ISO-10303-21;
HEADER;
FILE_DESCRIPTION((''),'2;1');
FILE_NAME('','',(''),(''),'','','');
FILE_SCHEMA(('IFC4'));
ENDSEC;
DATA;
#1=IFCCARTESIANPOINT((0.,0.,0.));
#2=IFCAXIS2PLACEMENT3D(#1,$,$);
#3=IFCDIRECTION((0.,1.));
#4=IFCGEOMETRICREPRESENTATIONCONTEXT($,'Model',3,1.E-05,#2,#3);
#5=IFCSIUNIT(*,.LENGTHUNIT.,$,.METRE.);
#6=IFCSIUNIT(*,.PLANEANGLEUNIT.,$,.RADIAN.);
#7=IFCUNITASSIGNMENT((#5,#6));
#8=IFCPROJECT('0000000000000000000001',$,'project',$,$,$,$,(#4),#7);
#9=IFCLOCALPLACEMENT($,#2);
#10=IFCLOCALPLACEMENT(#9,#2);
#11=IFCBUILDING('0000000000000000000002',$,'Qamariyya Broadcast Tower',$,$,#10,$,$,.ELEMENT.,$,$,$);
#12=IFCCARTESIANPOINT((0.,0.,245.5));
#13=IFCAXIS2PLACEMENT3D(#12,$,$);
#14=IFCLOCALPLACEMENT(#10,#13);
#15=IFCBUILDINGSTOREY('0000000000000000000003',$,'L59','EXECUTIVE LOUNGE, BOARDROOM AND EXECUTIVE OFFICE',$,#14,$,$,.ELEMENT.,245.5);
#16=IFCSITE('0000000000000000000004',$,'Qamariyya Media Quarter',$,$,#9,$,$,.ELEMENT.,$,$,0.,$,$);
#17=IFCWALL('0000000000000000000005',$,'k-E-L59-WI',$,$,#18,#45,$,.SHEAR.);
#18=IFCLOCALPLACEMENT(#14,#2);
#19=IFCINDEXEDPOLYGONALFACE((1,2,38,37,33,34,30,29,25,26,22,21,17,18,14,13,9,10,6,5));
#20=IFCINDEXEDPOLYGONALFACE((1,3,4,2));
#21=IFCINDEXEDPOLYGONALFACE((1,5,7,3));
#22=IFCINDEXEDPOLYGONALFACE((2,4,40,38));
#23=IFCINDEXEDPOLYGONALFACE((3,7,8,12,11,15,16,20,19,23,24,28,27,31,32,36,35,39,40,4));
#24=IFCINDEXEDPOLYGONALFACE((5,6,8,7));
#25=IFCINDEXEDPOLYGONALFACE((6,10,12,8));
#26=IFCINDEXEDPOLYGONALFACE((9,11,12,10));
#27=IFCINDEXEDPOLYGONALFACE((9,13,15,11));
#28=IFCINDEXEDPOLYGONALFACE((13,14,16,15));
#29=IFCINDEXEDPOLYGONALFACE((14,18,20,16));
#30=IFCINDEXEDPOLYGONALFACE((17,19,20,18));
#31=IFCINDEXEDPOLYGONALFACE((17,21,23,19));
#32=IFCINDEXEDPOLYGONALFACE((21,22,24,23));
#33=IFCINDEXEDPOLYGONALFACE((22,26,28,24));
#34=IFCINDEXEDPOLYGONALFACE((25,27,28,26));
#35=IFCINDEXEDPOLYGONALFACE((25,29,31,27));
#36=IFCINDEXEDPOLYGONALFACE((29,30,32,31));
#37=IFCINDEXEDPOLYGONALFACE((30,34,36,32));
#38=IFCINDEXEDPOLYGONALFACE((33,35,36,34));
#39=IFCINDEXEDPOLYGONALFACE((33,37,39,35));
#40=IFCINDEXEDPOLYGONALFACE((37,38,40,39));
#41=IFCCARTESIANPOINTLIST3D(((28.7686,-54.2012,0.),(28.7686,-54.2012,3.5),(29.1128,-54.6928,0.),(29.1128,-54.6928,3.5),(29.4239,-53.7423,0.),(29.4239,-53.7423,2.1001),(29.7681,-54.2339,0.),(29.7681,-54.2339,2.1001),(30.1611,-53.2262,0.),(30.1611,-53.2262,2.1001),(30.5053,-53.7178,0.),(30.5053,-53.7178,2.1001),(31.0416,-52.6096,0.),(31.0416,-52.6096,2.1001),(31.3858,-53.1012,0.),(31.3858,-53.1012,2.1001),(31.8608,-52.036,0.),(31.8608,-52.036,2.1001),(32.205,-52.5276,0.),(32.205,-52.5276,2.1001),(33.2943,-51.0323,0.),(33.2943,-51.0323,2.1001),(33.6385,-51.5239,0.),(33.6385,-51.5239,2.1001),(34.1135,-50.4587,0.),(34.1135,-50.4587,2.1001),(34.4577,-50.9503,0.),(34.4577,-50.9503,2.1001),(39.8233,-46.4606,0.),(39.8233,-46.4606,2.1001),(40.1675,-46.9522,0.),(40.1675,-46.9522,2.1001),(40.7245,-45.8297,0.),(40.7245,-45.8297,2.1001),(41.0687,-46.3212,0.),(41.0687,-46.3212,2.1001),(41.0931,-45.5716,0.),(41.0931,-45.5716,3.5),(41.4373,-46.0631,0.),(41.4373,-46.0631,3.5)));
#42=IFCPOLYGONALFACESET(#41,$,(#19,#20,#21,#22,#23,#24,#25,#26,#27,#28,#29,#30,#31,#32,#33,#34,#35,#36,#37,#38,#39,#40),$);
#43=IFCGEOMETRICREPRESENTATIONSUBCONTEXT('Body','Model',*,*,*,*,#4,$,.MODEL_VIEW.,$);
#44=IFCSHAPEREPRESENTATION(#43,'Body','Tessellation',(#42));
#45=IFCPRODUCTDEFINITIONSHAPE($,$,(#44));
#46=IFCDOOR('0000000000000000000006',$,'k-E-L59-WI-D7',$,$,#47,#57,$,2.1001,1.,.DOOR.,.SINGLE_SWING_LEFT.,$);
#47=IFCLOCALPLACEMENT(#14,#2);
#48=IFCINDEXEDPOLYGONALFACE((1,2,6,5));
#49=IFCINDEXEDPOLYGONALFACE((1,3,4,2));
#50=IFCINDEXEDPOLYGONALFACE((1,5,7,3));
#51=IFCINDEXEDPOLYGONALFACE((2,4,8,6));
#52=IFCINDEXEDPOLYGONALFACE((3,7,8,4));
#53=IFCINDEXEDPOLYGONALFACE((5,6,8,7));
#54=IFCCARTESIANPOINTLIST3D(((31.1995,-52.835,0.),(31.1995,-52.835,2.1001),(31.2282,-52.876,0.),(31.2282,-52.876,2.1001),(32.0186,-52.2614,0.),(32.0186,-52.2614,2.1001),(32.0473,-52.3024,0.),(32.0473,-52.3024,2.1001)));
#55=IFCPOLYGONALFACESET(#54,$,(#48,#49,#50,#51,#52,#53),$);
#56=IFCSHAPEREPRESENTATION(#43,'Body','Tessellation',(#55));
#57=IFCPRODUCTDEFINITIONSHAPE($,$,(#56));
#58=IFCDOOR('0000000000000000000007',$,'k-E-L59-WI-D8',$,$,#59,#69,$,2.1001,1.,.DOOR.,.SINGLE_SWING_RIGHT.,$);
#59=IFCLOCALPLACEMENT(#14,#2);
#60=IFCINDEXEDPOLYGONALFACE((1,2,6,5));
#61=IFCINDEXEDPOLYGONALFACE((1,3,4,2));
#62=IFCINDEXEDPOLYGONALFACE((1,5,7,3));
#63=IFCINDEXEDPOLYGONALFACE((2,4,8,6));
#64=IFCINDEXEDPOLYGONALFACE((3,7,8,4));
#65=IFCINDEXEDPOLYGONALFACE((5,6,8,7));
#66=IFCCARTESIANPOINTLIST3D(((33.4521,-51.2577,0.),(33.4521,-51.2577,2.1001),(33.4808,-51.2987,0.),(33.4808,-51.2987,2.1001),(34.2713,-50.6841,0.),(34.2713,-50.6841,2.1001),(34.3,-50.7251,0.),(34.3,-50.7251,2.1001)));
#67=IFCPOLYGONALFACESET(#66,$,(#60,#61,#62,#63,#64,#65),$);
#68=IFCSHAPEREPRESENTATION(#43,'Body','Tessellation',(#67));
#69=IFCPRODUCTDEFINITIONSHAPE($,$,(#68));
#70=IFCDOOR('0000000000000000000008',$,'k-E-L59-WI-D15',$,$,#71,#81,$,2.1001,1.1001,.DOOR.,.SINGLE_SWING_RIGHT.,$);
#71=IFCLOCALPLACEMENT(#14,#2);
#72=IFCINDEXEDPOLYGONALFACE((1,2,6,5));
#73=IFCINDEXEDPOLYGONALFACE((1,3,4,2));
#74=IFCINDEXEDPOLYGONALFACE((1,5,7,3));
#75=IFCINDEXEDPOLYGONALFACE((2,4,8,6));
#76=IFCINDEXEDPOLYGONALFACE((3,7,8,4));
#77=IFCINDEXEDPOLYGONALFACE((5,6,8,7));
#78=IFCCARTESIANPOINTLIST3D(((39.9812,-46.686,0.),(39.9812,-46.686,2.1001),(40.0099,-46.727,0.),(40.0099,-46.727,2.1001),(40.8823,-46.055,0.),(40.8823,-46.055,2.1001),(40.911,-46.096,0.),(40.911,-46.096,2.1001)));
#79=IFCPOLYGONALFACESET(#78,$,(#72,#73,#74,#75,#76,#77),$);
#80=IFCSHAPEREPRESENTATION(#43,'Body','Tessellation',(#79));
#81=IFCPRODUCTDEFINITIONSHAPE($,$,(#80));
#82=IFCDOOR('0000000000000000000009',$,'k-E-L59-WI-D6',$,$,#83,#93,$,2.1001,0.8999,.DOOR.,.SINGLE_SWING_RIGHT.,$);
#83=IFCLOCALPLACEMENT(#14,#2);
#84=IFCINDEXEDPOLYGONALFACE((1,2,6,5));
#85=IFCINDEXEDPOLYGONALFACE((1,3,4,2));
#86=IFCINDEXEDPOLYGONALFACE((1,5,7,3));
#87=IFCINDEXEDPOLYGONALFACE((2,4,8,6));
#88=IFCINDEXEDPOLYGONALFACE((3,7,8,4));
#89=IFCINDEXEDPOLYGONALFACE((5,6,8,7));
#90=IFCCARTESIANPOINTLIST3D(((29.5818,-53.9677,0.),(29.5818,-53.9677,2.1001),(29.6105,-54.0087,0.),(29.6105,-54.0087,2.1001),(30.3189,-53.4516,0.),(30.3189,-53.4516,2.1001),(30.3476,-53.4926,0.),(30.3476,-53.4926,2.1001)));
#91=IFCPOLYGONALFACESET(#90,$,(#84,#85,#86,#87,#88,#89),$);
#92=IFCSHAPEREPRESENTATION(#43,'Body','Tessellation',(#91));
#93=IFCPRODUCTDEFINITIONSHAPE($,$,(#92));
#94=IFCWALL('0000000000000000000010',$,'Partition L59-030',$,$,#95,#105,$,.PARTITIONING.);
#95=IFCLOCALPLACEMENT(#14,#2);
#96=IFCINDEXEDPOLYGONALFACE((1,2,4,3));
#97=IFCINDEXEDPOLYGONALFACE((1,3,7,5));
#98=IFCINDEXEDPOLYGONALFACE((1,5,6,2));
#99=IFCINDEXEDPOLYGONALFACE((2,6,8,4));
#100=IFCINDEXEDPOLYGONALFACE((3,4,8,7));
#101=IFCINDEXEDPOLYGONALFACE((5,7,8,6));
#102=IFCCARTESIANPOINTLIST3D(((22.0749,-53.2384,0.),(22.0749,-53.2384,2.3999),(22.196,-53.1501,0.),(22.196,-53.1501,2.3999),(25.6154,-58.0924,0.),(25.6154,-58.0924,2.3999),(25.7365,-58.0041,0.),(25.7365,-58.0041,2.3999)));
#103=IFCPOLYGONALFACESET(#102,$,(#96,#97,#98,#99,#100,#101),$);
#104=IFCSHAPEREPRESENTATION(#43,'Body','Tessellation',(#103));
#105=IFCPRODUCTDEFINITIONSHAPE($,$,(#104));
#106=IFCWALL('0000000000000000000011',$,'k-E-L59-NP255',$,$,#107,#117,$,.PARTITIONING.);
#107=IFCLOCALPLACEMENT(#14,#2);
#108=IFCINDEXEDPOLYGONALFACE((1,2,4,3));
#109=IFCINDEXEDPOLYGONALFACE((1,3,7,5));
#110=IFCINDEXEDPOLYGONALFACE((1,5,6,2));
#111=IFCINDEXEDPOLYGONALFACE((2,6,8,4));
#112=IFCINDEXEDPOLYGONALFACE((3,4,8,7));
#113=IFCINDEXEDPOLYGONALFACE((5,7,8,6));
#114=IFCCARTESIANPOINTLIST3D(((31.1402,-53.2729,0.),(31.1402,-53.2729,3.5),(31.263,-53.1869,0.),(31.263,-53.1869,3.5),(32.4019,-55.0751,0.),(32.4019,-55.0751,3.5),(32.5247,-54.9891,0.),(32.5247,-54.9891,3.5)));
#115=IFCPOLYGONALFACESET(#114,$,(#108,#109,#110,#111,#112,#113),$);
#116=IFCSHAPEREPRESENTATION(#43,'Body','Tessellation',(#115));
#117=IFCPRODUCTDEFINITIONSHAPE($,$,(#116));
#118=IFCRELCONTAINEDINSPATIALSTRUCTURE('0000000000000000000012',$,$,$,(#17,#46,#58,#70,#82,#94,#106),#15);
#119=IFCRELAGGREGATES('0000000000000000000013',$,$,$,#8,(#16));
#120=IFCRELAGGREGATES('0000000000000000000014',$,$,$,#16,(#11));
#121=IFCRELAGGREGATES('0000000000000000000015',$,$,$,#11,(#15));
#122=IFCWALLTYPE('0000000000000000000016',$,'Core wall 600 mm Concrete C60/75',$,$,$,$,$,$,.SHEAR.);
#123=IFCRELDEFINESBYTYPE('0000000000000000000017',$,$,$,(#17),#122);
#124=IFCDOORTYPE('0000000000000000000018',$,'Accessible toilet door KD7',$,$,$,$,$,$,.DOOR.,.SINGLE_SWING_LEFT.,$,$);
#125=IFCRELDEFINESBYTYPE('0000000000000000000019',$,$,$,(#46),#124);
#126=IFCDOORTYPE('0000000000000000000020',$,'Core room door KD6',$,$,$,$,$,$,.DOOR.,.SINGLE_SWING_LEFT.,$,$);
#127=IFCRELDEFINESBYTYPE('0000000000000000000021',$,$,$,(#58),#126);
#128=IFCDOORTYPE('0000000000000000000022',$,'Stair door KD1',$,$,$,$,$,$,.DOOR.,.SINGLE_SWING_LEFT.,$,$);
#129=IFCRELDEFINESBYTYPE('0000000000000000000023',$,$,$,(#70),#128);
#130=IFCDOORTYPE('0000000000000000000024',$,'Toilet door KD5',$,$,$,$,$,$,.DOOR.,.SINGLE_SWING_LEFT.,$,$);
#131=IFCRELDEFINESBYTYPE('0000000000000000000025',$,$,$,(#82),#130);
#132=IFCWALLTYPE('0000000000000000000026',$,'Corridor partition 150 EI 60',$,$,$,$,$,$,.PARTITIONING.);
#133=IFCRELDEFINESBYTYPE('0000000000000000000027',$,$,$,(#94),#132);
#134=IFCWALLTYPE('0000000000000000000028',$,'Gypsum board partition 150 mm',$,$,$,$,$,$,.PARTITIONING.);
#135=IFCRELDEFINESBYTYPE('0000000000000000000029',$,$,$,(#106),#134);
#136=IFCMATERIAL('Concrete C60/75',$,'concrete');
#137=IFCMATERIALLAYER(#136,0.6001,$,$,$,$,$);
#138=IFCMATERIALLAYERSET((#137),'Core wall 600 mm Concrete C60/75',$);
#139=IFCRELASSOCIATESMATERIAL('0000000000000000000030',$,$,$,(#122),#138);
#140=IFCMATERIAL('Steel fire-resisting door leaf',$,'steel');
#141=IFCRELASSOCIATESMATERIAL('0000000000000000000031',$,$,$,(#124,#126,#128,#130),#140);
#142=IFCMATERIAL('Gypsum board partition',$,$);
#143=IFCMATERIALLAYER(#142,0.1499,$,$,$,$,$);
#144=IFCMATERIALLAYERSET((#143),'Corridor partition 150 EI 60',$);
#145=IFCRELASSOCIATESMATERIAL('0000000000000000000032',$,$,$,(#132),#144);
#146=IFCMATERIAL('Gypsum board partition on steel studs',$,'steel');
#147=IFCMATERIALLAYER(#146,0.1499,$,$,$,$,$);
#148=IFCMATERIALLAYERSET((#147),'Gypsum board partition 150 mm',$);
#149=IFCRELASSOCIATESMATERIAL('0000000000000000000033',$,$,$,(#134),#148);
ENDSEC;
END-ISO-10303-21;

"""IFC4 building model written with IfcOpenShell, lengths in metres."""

from ifc_helpers import new_model, si_unit, direction, frame, frame_2d, origin, place, context, subcontext, project, spatial, rectangle, extrude, material, layer, layer_set, type_object, element, fill, save


model = new_model("IFC4")

# Units and contexts
model_context = context("Model", 3, precision=1e-05, world=origin(), true_north=direction((0.0, 1.0)))
body_context = subcontext(model_context, "Body", "Model", "MODEL_VIEW")
ifc_project = project(units=[si_unit("LENGTHUNIT", "METRE"), si_unit("PLANEANGLEUNIT", "RADIAN")], contexts=[model_context])

# Site, building, storey
site_placement = place(None, origin())
site = spatial("IfcSite", under=ifc_project, at=site_placement, Name="Qamariyya Media Quarter", CompositionType="ELEMENT", RefElevation=0.0)
building_placement = place(site_placement, origin())
building = spatial("IfcBuilding", under=site, at=building_placement, Name="Qamariyya Broadcast Tower", CompositionType="ELEMENT")
storey_placement = place(building_placement, frame((0.0, 0.0, 245.5)))
storey = spatial("IfcBuildingStorey", under=building, at=storey_placement, Name="L59", Description="EXECUTIVE LOUNGE, BOARDROOM AND EXECUTIVE OFFICE", CompositionType="ELEMENT", Elevation=245.5)

# Shared definitions
ifc_material_1 = material(Name="Concrete C60/75", Category="concrete")

# Wall, openings, doors
ifc_layer_1 = layer(ifc_material_1, 0.6001)
ifc_layer_set_1 = layer_set([ifc_layer_1], Name="Core wall 600 mm Concrete C60/75")
wall_type_1 = type_object("IfcWallType", Name="Core wall 600 mm Concrete C60/75", PredefinedType="SHEAR", material=ifc_layer_set_1)
wall_1_placement = place(storey_placement, frame((28.9407, -54.447, 0.0), z_axis=(0.0, 0.0, 1.0), x_axis=(0.819153, 0.573575, 0.0)))
wall_1 = element("IfcWall", 1, at=wall_1_placement, inside=storey, type_object=wall_type_1, Name="k-E-L59-WI", PredefinedType="SHEAR", context=body_context, shape_type="SweptSolid", body=[
    extrude(rectangle(XDim=15.0454, YDim=0.6001, at=frame_2d((7.5227, 0.0))), origin(), (0.0, 0.0, 1.0), 3.5),
])
opening_1_placement = place(wall_1_placement, frame((0.8, 0.0, 0.0)))
opening_1 = element("IfcOpeningElement", 2, at=opening_1_placement, cuts=wall_1, PredefinedType="OPENING", context=body_context, shape_type="SweptSolid", body=[
    extrude(rectangle(XDim=0.8999, YDim=2.1001, at=frame_2d((0.45, 1.05))), frame((0.0, 0.3101, 0.0), z_axis=(0.0, -1.0, 0.0), x_axis=(1.0, 0.0, 0.0)), (0.0, 0.0, 1.0), 0.6201),
])
opening_2_placement = place(wall_1_placement, frame((2.7749, 0.0, 0.0)))
opening_2 = element("IfcOpeningElement", 3, at=opening_2_placement, cuts=wall_1, PredefinedType="OPENING", context=body_context, shape_type="SweptSolid", body=[
    extrude(rectangle(XDim=1.0, YDim=2.1001, at=frame_2d((0.5, 1.05))), frame((0.0, 0.3101, 0.0), z_axis=(0.0, -1.0, 0.0), x_axis=(1.0, 0.0, 0.0)), (0.0, 0.0, 1.0), 0.6201),
])
opening_3_placement = place(wall_1_placement, frame((5.5249, 0.0, 0.0)))
opening_3 = element("IfcOpeningElement", 4, at=opening_3_placement, cuts=wall_1, PredefinedType="OPENING", context=body_context, shape_type="SweptSolid", body=[
    extrude(rectangle(XDim=1.0, YDim=2.1001, at=frame_2d((0.5, 1.05))), frame((0.0, 0.3101, 0.0), z_axis=(0.0, -1.0, 0.0), x_axis=(1.0, 0.0, 0.0)), (0.0, 0.0, 1.0), 0.6201),
])
opening_4_placement = place(wall_1_placement, frame((13.4954, 0.0, 0.0)))
opening_4 = element("IfcOpeningElement", 5, at=opening_4_placement, cuts=wall_1, PredefinedType="OPENING", context=body_context, shape_type="SweptSolid", body=[
    extrude(rectangle(XDim=1.1001, YDim=2.1001, at=frame_2d((0.55, 1.05))), frame((0.0, 0.3101, 0.0), z_axis=(0.0, -1.0, 0.0), x_axis=(1.0, 0.0, 0.0)), (0.0, 0.0, 1.0), 0.6201),
])
ifc_material_2 = material(Name="Steel fire-resisting door leaf", Category="steel")
door_type_1 = type_object("IfcDoorType", Name="Accessible toilet door KD7", OperationType="SINGLE_SWING_LEFT", PredefinedType="DOOR", material=ifc_material_2)
door_1_placement = place(opening_2_placement, origin())
door_1 = element("IfcDoor", 6, at=door_1_placement, inside=storey, type_object=door_type_1, Name="k-E-L59-WI-D7", OperationType="SINGLE_SWING_LEFT", OverallHeight=2.1001, OverallWidth=1.0, PredefinedType="DOOR", context=body_context, shape_type="SweptSolid", body=[
    extrude(rectangle(XDim=1.0, YDim=2.1001, at=frame_2d((0.5, 1.05))), frame((0.0, 0.0249, 0.0), z_axis=(0.0, -1.0, 0.0), x_axis=(1.0, 0.0, 0.0)), (0.0, 0.0, 1.0), 0.05),
])
fill(opening_2, door_1)
door_type_2 = type_object("IfcDoorType", Name="Core room door KD6", OperationType="SINGLE_SWING_LEFT", PredefinedType="DOOR", material=ifc_material_2)
door_2_placement = place(opening_3_placement, origin())
door_2 = element("IfcDoor", 7, at=door_2_placement, inside=storey, type_object=door_type_2, Name="k-E-L59-WI-D8", OperationType="SINGLE_SWING_RIGHT", OverallHeight=2.1001, OverallWidth=1.0, PredefinedType="DOOR", context=body_context, shape_type="SweptSolid", body=[
    extrude(rectangle(XDim=1.0, YDim=2.1001, at=frame_2d((0.5, 1.05))), frame((0.0, 0.0249, 0.0), z_axis=(0.0, -1.0, 0.0), x_axis=(1.0, 0.0, 0.0)), (0.0, 0.0, 1.0), 0.05),
])
fill(opening_3, door_2)
door_type_3 = type_object("IfcDoorType", Name="Stair door KD1", OperationType="SINGLE_SWING_LEFT", PredefinedType="DOOR", material=ifc_material_2)
door_3_placement = place(opening_4_placement, origin())
door_3 = element("IfcDoor", 8, at=door_3_placement, inside=storey, type_object=door_type_3, Name="k-E-L59-WI-D15", OperationType="SINGLE_SWING_RIGHT", OverallHeight=2.1001, OverallWidth=1.1001, PredefinedType="DOOR", context=body_context, shape_type="SweptSolid", body=[
    extrude(rectangle(XDim=1.1001, YDim=2.1001, at=frame_2d((0.55, 1.05))), frame((0.0, 0.0249, 0.0), z_axis=(0.0, -1.0, 0.0), x_axis=(1.0, 0.0, 0.0)), (0.0, 0.0, 1.0), 0.05),
])
fill(opening_4, door_3)
door_type_4 = type_object("IfcDoorType", Name="Toilet door KD5", OperationType="SINGLE_SWING_LEFT", PredefinedType="DOOR", material=ifc_material_2)
door_4_placement = place(opening_1_placement, origin())
door_4 = element("IfcDoor", 9, at=door_4_placement, inside=storey, type_object=door_type_4, Name="k-E-L59-WI-D6", OperationType="SINGLE_SWING_RIGHT", OverallHeight=2.1001, OverallWidth=0.8999, PredefinedType="DOOR", context=body_context, shape_type="SweptSolid", body=[
    extrude(rectangle(XDim=0.8999, YDim=2.1001, at=frame_2d((0.45, 1.05))), frame((0.0, 0.0249, 0.0), z_axis=(0.0, -1.0, 0.0), x_axis=(1.0, 0.0, 0.0)), (0.0, 0.0, 1.0), 0.05),
])
fill(opening_1, door_4)

# Walls
ifc_material_3 = material(Name="Gypsum board partition")
ifc_layer_2 = layer(ifc_material_3, 0.1499)
ifc_layer_set_2 = layer_set([ifc_layer_2], Name="Corridor partition 150 EI 60")
wall_type_2 = type_object("IfcWallType", Name="Corridor partition 150 EI 60", PredefinedType="PARTITIONING", material=ifc_layer_set_2)
wall_2_placement = place(storey_placement, frame((22.1355, -53.1943, 0.0), z_axis=(0.0, 0.0, 1.0), x_axis=(0.589297, -0.807916, 0.0)))
element("IfcWall", 10, at=wall_2_placement, inside=storey, type_object=wall_type_2, Name="Partition L59-030", PredefinedType="PARTITIONING", context=body_context, shape_type="SweptSolid", body=[
    extrude(rectangle(XDim=6.0081, YDim=0.1499, at=frame_2d((3.0039, 0.0))), origin(), (0.0, 0.0, 1.0), 2.3999),
])
ifc_material_4 = material(Name="Gypsum board partition on steel studs", Category="steel")
ifc_layer_3 = layer(ifc_material_4, 0.1499)
ifc_layer_set_3 = layer_set([ifc_layer_3], Name="Gypsum board partition 150 mm")
wall_type_3 = type_object("IfcWallType", Name="Gypsum board partition 150 mm", PredefinedType="PARTITIONING", material=ifc_layer_set_3)
wall_3_placement = place(storey_placement, frame((32.4634, -55.0322, 0.0), z_axis=(0.0, 0.0, 1.0), x_axis=(-0.573507, 0.819201, 0.0)))
element("IfcWall", 11, at=wall_3_placement, inside=storey, type_object=wall_type_3, Name="k-E-L59-NP255", PredefinedType="PARTITIONING", context=body_context, shape_type="SweptSolid", body=[
    extrude(rectangle(XDim=2.2, YDim=0.1499, at=frame_2d((1.1001, 0.0))), origin(), (0.0, 0.0, 1.0), 3.5),
])

save(model, "model.ifc")
